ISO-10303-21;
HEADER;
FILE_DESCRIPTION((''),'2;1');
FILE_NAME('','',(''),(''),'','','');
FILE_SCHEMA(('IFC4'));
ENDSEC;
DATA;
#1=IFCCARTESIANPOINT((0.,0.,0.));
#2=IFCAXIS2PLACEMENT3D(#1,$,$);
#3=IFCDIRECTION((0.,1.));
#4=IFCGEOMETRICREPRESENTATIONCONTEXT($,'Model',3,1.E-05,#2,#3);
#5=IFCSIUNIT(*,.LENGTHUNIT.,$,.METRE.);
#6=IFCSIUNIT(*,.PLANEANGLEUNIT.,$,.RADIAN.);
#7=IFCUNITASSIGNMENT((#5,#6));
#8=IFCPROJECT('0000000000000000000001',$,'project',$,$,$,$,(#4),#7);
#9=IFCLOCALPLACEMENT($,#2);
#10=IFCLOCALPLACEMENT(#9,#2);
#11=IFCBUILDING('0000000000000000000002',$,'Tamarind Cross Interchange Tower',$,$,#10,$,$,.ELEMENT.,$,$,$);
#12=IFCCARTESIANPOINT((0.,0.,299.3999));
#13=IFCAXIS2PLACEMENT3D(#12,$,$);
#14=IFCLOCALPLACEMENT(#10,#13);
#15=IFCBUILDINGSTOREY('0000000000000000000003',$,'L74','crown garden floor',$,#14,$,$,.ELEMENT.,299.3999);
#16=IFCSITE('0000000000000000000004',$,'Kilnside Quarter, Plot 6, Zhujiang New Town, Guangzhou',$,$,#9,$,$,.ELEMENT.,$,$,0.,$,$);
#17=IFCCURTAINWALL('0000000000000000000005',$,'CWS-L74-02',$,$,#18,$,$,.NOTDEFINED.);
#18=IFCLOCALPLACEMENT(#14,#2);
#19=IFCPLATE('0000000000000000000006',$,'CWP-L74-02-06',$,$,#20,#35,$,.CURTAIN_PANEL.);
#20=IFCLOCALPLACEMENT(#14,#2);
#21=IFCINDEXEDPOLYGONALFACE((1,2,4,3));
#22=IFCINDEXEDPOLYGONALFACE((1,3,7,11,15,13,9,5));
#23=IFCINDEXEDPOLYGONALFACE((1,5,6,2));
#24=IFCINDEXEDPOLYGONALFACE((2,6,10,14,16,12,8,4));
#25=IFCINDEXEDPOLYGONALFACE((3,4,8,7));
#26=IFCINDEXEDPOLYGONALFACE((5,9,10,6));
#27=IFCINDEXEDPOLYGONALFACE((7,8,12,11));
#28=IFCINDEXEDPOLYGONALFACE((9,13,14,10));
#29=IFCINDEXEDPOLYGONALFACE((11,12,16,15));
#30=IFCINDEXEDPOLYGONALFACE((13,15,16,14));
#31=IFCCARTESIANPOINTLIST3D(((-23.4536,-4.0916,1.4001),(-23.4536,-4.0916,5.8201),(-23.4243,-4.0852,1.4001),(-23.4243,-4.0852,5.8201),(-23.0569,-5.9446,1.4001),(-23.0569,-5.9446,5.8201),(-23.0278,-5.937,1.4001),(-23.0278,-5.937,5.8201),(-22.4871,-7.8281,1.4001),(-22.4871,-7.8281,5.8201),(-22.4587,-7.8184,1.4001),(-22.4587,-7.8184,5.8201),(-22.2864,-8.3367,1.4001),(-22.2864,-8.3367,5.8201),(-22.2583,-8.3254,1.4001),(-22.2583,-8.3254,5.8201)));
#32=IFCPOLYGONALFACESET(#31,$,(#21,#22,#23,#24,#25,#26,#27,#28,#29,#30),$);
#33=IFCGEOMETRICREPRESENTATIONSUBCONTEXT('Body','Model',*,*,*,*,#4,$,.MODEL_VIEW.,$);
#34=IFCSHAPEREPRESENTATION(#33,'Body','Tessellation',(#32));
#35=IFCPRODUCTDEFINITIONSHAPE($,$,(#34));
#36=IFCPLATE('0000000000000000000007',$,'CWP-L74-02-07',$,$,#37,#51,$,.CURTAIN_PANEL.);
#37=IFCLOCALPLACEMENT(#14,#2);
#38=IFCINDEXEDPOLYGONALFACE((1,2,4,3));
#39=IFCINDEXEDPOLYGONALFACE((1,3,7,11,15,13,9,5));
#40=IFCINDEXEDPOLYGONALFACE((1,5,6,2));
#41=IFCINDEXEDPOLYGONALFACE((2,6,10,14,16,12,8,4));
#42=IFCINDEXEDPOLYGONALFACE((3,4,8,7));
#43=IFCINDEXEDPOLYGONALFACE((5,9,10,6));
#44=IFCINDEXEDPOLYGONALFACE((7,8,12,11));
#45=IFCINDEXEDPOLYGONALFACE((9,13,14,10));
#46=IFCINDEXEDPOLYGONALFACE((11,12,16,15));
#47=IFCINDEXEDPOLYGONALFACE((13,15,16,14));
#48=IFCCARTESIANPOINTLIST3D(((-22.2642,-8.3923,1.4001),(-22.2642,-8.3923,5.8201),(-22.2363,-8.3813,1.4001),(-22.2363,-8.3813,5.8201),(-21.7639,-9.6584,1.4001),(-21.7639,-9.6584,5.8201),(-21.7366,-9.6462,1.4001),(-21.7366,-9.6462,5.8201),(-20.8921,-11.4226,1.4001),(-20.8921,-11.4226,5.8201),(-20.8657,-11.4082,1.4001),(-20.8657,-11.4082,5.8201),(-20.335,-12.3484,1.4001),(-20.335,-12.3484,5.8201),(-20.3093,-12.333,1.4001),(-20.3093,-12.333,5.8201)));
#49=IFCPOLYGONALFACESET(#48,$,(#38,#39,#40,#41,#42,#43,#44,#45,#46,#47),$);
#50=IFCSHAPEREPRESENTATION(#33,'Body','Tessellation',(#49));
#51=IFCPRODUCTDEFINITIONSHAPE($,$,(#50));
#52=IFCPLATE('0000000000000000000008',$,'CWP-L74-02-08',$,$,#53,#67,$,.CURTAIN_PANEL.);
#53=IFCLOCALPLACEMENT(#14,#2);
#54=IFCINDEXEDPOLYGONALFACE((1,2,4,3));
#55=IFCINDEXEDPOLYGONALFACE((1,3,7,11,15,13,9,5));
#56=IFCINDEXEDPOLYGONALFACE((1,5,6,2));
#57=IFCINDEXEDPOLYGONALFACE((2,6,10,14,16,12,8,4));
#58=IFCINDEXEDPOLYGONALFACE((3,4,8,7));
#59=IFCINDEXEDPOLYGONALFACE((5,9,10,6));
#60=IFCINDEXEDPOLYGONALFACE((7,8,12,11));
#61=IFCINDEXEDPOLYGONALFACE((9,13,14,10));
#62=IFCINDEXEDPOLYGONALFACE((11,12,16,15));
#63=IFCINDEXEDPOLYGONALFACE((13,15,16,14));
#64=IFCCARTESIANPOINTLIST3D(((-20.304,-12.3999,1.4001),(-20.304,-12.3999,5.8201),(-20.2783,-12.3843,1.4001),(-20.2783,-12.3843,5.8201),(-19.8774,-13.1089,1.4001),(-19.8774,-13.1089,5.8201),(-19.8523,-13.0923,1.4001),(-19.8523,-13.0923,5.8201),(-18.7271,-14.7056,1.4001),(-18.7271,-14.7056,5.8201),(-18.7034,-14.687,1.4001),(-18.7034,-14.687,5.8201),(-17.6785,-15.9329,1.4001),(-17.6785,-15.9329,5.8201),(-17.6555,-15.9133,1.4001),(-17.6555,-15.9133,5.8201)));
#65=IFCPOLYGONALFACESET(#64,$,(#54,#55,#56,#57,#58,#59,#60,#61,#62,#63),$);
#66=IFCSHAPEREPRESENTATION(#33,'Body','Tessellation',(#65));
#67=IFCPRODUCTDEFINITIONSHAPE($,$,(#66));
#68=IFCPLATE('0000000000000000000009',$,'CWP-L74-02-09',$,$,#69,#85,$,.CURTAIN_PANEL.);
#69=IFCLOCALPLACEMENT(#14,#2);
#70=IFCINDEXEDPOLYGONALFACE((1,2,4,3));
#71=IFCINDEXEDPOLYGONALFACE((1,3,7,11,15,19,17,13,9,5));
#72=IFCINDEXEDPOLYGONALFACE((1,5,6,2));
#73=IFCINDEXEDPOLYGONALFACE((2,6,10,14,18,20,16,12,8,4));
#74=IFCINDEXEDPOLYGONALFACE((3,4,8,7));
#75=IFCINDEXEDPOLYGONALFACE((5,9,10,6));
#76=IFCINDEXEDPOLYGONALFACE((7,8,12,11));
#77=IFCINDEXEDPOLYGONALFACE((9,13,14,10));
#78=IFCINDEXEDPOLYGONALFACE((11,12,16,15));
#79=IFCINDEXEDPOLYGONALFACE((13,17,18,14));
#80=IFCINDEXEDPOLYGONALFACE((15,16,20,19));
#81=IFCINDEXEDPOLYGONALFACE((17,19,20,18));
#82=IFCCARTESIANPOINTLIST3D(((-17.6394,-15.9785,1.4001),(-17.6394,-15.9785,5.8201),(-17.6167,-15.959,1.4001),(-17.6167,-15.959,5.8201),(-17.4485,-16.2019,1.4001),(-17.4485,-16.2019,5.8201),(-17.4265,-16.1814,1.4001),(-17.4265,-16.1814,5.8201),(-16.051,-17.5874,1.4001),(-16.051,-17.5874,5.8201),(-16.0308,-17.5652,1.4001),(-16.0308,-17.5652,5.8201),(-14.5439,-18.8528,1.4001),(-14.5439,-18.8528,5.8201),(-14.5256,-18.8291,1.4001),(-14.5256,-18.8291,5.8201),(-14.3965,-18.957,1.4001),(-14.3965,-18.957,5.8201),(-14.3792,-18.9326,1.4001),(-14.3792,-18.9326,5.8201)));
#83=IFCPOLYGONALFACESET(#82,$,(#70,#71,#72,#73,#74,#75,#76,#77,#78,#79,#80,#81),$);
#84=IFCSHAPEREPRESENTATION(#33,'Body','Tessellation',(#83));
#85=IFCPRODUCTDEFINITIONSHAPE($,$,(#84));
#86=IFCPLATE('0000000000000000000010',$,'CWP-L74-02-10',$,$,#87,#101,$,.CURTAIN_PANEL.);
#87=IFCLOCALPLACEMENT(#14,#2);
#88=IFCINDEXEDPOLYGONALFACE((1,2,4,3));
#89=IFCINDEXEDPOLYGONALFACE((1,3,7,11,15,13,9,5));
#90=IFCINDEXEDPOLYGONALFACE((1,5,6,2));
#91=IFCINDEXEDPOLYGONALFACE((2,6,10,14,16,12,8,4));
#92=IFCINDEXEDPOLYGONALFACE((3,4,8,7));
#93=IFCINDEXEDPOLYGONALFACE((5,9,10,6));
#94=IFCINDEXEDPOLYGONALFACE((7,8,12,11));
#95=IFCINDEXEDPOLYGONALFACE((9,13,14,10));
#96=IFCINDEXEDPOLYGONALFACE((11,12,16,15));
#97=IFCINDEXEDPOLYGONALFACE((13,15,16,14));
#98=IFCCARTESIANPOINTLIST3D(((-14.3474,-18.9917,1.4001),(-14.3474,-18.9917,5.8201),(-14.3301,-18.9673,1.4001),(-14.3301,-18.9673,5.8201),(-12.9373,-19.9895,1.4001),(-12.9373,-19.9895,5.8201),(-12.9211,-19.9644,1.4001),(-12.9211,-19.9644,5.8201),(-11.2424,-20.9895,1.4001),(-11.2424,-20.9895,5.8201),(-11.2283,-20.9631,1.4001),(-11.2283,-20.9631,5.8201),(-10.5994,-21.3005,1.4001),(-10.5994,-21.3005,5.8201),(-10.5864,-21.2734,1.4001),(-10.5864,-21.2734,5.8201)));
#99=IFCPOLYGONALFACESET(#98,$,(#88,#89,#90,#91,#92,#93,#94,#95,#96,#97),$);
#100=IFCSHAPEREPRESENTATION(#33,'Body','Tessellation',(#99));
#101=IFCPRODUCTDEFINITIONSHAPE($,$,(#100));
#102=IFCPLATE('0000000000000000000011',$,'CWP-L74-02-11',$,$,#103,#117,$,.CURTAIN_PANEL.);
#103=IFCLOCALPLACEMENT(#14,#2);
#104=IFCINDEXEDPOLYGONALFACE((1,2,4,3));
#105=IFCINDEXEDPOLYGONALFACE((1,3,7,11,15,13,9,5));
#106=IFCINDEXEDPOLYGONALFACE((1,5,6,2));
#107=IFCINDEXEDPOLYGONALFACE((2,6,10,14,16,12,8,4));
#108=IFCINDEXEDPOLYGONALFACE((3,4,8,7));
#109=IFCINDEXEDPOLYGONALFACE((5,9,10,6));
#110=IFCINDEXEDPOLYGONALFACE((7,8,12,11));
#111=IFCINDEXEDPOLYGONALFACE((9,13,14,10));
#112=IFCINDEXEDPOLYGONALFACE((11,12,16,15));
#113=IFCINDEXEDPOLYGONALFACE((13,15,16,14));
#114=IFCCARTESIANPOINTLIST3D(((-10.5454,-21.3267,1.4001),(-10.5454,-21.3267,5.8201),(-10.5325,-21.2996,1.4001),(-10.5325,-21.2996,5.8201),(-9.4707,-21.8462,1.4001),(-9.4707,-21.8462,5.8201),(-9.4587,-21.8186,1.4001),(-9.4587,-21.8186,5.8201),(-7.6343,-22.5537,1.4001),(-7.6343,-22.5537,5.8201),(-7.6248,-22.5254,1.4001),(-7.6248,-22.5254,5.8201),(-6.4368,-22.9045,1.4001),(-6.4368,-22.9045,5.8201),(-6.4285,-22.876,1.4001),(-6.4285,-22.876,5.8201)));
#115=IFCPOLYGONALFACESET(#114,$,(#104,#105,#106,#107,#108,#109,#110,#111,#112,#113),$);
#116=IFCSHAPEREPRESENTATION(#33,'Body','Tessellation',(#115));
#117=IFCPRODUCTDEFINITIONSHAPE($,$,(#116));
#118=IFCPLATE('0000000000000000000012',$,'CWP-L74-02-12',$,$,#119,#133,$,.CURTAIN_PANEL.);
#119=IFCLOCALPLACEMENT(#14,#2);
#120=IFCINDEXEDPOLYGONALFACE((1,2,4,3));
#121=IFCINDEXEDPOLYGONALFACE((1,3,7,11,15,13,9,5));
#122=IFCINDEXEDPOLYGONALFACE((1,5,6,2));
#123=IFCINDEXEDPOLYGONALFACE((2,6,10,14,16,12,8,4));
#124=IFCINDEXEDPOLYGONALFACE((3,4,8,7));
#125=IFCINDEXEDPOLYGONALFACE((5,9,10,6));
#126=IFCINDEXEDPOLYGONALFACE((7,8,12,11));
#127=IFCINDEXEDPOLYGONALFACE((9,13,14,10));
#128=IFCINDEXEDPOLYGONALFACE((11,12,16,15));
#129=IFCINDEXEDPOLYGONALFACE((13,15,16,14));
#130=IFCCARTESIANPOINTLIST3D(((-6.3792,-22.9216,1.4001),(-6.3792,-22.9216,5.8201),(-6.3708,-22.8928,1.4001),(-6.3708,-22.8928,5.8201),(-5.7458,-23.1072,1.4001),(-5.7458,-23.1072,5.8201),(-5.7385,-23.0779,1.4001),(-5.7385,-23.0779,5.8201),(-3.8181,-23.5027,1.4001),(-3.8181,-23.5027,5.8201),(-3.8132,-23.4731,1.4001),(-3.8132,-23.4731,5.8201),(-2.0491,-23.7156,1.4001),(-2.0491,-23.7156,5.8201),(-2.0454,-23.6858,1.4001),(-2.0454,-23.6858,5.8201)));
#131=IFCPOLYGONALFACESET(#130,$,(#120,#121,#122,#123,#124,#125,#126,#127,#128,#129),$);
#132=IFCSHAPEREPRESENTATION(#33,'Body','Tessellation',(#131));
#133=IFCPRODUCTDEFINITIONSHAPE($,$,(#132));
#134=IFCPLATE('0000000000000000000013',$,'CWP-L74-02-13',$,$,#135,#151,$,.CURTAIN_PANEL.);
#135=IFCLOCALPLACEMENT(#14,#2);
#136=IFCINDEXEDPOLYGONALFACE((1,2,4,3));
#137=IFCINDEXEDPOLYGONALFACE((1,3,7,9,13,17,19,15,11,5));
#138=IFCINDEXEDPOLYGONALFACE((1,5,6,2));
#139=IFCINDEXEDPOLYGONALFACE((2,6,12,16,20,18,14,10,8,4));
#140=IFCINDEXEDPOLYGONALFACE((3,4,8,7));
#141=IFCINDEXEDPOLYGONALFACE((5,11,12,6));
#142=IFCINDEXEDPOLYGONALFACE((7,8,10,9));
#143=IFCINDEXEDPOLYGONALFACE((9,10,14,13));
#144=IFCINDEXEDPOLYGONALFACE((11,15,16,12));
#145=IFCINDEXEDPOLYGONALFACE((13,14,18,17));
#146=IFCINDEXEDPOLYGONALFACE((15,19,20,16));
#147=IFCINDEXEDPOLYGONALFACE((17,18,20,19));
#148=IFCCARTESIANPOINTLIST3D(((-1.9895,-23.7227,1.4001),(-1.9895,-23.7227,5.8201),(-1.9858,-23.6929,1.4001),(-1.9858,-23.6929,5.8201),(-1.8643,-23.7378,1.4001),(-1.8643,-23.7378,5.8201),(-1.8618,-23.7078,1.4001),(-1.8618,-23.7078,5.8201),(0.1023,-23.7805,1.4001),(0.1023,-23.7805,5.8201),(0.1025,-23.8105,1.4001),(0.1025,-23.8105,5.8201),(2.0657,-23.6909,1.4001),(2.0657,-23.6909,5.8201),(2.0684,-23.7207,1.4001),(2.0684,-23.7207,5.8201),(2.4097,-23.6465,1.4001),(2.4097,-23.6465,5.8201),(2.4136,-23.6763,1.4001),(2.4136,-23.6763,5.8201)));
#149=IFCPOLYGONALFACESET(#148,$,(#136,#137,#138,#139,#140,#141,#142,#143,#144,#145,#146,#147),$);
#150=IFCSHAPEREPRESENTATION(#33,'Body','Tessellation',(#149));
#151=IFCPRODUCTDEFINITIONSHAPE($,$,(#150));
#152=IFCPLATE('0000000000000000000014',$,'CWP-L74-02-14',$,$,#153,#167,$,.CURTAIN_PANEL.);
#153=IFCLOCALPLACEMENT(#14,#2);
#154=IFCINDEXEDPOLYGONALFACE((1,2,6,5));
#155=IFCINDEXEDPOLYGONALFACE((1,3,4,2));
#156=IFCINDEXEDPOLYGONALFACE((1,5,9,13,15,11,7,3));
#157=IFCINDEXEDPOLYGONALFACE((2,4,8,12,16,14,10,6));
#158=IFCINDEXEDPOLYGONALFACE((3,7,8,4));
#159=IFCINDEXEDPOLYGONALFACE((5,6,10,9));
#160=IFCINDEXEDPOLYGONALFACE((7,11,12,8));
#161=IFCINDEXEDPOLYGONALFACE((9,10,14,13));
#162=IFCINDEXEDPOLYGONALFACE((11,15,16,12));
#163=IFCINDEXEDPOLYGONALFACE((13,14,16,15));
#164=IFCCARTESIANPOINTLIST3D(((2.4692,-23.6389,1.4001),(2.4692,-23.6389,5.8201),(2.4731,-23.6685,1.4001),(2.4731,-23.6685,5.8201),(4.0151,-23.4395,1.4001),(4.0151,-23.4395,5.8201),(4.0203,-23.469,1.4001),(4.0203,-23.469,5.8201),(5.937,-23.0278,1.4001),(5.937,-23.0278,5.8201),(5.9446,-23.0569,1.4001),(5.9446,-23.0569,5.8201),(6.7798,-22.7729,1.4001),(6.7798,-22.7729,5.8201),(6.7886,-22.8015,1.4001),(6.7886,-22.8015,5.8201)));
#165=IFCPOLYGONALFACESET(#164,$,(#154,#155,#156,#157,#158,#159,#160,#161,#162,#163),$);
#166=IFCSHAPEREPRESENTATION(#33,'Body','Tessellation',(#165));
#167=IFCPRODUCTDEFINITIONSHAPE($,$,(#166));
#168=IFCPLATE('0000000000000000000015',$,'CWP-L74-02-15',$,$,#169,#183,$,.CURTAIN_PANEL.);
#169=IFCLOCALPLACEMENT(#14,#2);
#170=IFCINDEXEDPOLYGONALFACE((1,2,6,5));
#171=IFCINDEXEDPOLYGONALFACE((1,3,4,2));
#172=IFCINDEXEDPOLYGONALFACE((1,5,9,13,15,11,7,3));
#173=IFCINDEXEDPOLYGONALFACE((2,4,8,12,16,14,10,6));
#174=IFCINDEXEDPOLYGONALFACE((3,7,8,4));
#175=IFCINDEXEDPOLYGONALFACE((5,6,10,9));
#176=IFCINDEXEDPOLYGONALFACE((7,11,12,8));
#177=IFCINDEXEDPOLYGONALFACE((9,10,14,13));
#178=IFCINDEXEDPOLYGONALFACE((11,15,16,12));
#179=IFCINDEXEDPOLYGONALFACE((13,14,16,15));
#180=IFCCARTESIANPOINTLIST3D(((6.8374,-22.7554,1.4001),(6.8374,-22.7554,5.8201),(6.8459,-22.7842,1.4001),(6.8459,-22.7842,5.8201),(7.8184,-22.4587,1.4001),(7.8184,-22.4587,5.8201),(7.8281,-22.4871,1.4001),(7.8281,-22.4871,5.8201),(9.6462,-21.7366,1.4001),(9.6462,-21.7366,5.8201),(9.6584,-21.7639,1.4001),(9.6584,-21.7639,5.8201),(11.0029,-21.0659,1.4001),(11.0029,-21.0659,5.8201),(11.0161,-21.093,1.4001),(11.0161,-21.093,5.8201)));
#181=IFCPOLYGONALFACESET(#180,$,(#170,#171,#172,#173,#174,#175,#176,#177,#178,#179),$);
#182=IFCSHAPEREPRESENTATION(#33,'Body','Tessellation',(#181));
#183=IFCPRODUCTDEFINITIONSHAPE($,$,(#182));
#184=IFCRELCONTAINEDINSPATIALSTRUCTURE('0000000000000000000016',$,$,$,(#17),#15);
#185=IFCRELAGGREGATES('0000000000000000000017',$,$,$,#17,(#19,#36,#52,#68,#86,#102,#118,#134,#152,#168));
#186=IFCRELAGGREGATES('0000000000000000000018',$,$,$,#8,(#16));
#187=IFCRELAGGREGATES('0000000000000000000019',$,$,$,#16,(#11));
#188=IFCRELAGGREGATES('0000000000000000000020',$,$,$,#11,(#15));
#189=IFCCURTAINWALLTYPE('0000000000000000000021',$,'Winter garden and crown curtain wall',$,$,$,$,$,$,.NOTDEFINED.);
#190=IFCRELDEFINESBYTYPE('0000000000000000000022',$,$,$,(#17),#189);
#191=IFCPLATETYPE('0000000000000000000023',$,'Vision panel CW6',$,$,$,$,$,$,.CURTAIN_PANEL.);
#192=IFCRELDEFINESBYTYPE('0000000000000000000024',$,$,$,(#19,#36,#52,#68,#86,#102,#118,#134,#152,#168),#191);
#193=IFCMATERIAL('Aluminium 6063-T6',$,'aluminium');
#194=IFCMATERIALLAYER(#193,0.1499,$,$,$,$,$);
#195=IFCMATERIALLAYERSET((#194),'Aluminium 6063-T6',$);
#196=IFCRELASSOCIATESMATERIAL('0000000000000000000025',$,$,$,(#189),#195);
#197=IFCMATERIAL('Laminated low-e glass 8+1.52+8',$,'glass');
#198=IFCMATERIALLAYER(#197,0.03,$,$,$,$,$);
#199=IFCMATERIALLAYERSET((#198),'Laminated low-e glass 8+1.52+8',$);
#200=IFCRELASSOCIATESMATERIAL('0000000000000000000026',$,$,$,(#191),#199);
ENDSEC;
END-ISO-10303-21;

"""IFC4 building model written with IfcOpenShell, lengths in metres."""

from ifc_helpers import new_model, si_unit, direction, frame, origin, place, context, subcontext, project, spatial, polyline, outline, extrude, material, layer, layer_set, type_object, element, aggregate, save


model = new_model("IFC4")

# Units and contexts
model_context = context("Model", 3, precision=1e-05, world=origin(), true_north=direction((0.0, 1.0)))
body_context = subcontext(model_context, "Body", "Model", "MODEL_VIEW")
ifc_project = project(units=[si_unit("LENGTHUNIT", "METRE"), si_unit("PLANEANGLEUNIT", "RADIAN")], contexts=[model_context])

# Site, building, storey
site_placement = place(None, origin())
site = spatial("IfcSite", under=ifc_project, at=site_placement, Name="Kilnside Quarter, Plot 6, Zhujiang New Town, Guangzhou", CompositionType="ELEMENT", RefElevation=0.0)
building_placement = place(site_placement, origin())
building = spatial("IfcBuilding", under=site, at=building_placement, Name="Tamarind Cross Interchange Tower", CompositionType="ELEMENT")
storey_placement = place(building_placement, frame((0.0, 0.0, 299.3999)))
storey = spatial("IfcBuildingStorey", under=building, at=storey_placement, Name="L74", Description="crown garden floor", CompositionType="ELEMENT", Elevation=299.3999)

# Curtain wall, plates
ifc_material_1 = material(Name="Aluminium 6063-T6", Category="aluminium")
ifc_layer_1 = layer(ifc_material_1, 0.1499)
ifc_layer_set_1 = layer_set([ifc_layer_1], Name="Aluminium 6063-T6")
curtain_wall_type = type_object("IfcCurtainWallType", Name="Winter garden and crown curtain wall", PredefinedType="NOTDEFINED", material=ifc_layer_set_1)
curtain_wall_placement = place(storey_placement, origin())
curtain_wall = element("IfcCurtainWall", 1, at=curtain_wall_placement, inside=storey, type_object=curtain_wall_type, Name="CWS-L74-02", PredefinedType="NOTDEFINED")
ifc_material_2 = material(Name="Laminated low-e glass 8+1.52+8", Category="glass")
ifc_layer_2 = layer(ifc_material_2, 0.03)
ifc_layer_set_2 = layer_set([ifc_layer_2], Name="Laminated low-e glass 8+1.52+8")
plate_type = type_object("IfcPlateType", Name="Vision panel CW6", PredefinedType="CURTAIN_PANEL", material=ifc_layer_set_2)
plate_1_placement = place(storey_placement, frame((0.0, 0.0, 1.4001)))
plate_1 = element("IfcPlate", 2, at=plate_1_placement, type_object=plate_type, Name="CWP-L74-02-06", PredefinedType="CURTAIN_PANEL", context=body_context, shape_type="SweptSolid", body=[
    extrude(outline(polyline([(-23.4243, -4.0852), (-23.0278, -5.937), (-22.4587, -7.8184), (-22.2583, -8.3254), (-22.2864, -8.3367), (-22.4871, -7.8281), (-23.0569, -5.9446), (-23.4536, -4.0916), (-23.4243, -4.0852)])), origin(), (0.0, 0.0, 1.0), 4.4199),
])
plate_2_placement = place(storey_placement, frame((0.0, 0.0, 1.4001)))
plate_2 = element("IfcPlate", 3, at=plate_2_placement, type_object=plate_type, Name="CWP-L74-02-07", PredefinedType="CURTAIN_PANEL", context=body_context, shape_type="SweptSolid", body=[
    extrude(outline(polyline([(-22.2363, -8.3813), (-21.7366, -9.6462), (-20.8657, -11.4082), (-20.3093, -12.333), (-20.335, -12.3484), (-20.8921, -11.4226), (-21.7639, -9.6584), (-22.2642, -8.3923), (-22.2363, -8.3813)])), origin(), (0.0, 0.0, 1.0), 4.4199),
])
plate_3_placement = place(storey_placement, frame((0.0, 0.0, 1.4001)))
plate_3 = element("IfcPlate", 4, at=plate_3_placement, type_object=plate_type, Name="CWP-L74-02-08", PredefinedType="CURTAIN_PANEL", context=body_context, shape_type="SweptSolid", body=[
    extrude(outline(polyline([(-20.2783, -12.3843), (-19.8523, -13.0923), (-18.7034, -14.687), (-17.6555, -15.9133), (-17.6785, -15.9329), (-18.7271, -14.7056), (-19.8774, -13.1089), (-20.304, -12.3999), (-20.2783, -12.3843)])), origin(), (0.0, 0.0, 1.0), 4.4199),
])
plate_4_placement = place(storey_placement, frame((0.0, 0.0, 1.4001)))
plate_4 = element("IfcPlate", 5, at=plate_4_placement, type_object=plate_type, Name="CWP-L74-02-09", PredefinedType="CURTAIN_PANEL", context=body_context, shape_type="SweptSolid", body=[
    extrude(outline(polyline([(-17.6167, -15.959), (-17.4265, -16.1814), (-16.0308, -17.5652), (-14.5256, -18.8291), (-14.3792, -18.9326), (-14.3965, -18.957), (-14.5439, -18.8528), (-16.051, -17.5874), (-17.4485, -16.2019), (-17.6394, -15.9785), (-17.6167, -15.959)])), origin(), (0.0, 0.0, 1.0), 4.4199),
])
plate_5_placement = place(storey_placement, frame((0.0, 0.0, 1.4001)))
plate_5 = element("IfcPlate", 6, at=plate_5_placement, type_object=plate_type, Name="CWP-L74-02-10", PredefinedType="CURTAIN_PANEL", context=body_context, shape_type="SweptSolid", body=[
    extrude(outline(polyline([(-14.3301, -18.9673), (-12.9211, -19.9644), (-11.2283, -20.9631), (-10.5864, -21.2734), (-10.5994, -21.3005), (-11.2424, -20.9895), (-12.9373, -19.9895), (-14.3474, -18.9917), (-14.3301, -18.9673)])), origin(), (0.0, 0.0, 1.0), 4.4199),
])
plate_6_placement = place(storey_placement, frame((0.0, 0.0, 1.4001)))
plate_6 = element("IfcPlate", 7, at=plate_6_placement, type_object=plate_type, Name="CWP-L74-02-11", PredefinedType="CURTAIN_PANEL", context=body_context, shape_type="SweptSolid", body=[
    extrude(outline(polyline([(-10.5325, -21.2996), (-9.4587, -21.8186), (-7.6248, -22.5254), (-6.4285, -22.876), (-6.4368, -22.9045), (-7.6343, -22.5537), (-9.4707, -21.8462), (-10.5454, -21.3267), (-10.5325, -21.2996)])), origin(), (0.0, 0.0, 1.0), 4.4199),
])
plate_7_placement = place(storey_placement, frame((0.0, 0.0, 1.4001)))
plate_7 = element("IfcPlate", 8, at=plate_7_placement, type_object=plate_type, Name="CWP-L74-02-12", PredefinedType="CURTAIN_PANEL", context=body_context, shape_type="SweptSolid", body=[
    extrude(outline(polyline([(-6.3708, -22.8928), (-5.7385, -23.0779), (-3.8132, -23.4731), (-2.0454, -23.6858), (-2.0491, -23.7156), (-3.8181, -23.5027), (-5.7458, -23.1072), (-6.3792, -22.9216), (-6.3708, -22.8928)])), origin(), (0.0, 0.0, 1.0), 4.4199),
])
plate_8_placement = place(storey_placement, frame((0.0, 0.0, 1.4001)))
plate_8 = element("IfcPlate", 9, at=plate_8_placement, type_object=plate_type, Name="CWP-L74-02-13", PredefinedType="CURTAIN_PANEL", context=body_context, shape_type="SweptSolid", body=[
    extrude(outline(polyline([(-1.9858, -23.6929), (-1.8618, -23.7078), (0.1023, -23.7805), (2.0657, -23.6909), (2.4097, -23.6465), (2.4136, -23.6763), (2.0684, -23.7207), (0.1025, -23.8105), (-1.8643, -23.7378), (-1.9895, -23.7227), (-1.9858, -23.6929)])), origin(), (0.0, 0.0, 1.0), 4.4199),
])
plate_9_placement = place(storey_placement, frame((0.0, 0.0, 1.4001)))
plate_9 = element("IfcPlate", 10, at=plate_9_placement, type_object=plate_type, Name="CWP-L74-02-14", PredefinedType="CURTAIN_PANEL", context=body_context, shape_type="SweptSolid", body=[
    extrude(outline(polyline([(2.4692, -23.6389), (4.0151, -23.4395), (5.937, -23.0278), (6.7798, -22.7729), (6.7886, -22.8015), (5.9446, -23.0569), (4.0203, -23.469), (2.4731, -23.6685), (2.4692, -23.6389)])), origin(), (0.0, 0.0, 1.0), 4.4199),
])
plate_10_placement = place(storey_placement, frame((0.0, 0.0, 1.4001)))
plate_10 = element("IfcPlate", 11, at=plate_10_placement, type_object=plate_type, Name="CWP-L74-02-15", PredefinedType="CURTAIN_PANEL", context=body_context, shape_type="SweptSolid", body=[
    extrude(outline(polyline([(6.8374, -22.7554), (7.8184, -22.4587), (9.6462, -21.7366), (11.0029, -21.0659), (11.0161, -21.093), (9.6584, -21.7639), (7.8281, -22.4871), (6.8459, -22.7842), (6.8374, -22.7554)])), origin(), (0.0, 0.0, 1.0), 4.4199),
])
aggregate(curtain_wall, [plate_1, plate_2, plate_3, plate_4, plate_5, plate_6, plate_7, plate_8, plate_9, plate_10])

save(model, "model.ifc")
